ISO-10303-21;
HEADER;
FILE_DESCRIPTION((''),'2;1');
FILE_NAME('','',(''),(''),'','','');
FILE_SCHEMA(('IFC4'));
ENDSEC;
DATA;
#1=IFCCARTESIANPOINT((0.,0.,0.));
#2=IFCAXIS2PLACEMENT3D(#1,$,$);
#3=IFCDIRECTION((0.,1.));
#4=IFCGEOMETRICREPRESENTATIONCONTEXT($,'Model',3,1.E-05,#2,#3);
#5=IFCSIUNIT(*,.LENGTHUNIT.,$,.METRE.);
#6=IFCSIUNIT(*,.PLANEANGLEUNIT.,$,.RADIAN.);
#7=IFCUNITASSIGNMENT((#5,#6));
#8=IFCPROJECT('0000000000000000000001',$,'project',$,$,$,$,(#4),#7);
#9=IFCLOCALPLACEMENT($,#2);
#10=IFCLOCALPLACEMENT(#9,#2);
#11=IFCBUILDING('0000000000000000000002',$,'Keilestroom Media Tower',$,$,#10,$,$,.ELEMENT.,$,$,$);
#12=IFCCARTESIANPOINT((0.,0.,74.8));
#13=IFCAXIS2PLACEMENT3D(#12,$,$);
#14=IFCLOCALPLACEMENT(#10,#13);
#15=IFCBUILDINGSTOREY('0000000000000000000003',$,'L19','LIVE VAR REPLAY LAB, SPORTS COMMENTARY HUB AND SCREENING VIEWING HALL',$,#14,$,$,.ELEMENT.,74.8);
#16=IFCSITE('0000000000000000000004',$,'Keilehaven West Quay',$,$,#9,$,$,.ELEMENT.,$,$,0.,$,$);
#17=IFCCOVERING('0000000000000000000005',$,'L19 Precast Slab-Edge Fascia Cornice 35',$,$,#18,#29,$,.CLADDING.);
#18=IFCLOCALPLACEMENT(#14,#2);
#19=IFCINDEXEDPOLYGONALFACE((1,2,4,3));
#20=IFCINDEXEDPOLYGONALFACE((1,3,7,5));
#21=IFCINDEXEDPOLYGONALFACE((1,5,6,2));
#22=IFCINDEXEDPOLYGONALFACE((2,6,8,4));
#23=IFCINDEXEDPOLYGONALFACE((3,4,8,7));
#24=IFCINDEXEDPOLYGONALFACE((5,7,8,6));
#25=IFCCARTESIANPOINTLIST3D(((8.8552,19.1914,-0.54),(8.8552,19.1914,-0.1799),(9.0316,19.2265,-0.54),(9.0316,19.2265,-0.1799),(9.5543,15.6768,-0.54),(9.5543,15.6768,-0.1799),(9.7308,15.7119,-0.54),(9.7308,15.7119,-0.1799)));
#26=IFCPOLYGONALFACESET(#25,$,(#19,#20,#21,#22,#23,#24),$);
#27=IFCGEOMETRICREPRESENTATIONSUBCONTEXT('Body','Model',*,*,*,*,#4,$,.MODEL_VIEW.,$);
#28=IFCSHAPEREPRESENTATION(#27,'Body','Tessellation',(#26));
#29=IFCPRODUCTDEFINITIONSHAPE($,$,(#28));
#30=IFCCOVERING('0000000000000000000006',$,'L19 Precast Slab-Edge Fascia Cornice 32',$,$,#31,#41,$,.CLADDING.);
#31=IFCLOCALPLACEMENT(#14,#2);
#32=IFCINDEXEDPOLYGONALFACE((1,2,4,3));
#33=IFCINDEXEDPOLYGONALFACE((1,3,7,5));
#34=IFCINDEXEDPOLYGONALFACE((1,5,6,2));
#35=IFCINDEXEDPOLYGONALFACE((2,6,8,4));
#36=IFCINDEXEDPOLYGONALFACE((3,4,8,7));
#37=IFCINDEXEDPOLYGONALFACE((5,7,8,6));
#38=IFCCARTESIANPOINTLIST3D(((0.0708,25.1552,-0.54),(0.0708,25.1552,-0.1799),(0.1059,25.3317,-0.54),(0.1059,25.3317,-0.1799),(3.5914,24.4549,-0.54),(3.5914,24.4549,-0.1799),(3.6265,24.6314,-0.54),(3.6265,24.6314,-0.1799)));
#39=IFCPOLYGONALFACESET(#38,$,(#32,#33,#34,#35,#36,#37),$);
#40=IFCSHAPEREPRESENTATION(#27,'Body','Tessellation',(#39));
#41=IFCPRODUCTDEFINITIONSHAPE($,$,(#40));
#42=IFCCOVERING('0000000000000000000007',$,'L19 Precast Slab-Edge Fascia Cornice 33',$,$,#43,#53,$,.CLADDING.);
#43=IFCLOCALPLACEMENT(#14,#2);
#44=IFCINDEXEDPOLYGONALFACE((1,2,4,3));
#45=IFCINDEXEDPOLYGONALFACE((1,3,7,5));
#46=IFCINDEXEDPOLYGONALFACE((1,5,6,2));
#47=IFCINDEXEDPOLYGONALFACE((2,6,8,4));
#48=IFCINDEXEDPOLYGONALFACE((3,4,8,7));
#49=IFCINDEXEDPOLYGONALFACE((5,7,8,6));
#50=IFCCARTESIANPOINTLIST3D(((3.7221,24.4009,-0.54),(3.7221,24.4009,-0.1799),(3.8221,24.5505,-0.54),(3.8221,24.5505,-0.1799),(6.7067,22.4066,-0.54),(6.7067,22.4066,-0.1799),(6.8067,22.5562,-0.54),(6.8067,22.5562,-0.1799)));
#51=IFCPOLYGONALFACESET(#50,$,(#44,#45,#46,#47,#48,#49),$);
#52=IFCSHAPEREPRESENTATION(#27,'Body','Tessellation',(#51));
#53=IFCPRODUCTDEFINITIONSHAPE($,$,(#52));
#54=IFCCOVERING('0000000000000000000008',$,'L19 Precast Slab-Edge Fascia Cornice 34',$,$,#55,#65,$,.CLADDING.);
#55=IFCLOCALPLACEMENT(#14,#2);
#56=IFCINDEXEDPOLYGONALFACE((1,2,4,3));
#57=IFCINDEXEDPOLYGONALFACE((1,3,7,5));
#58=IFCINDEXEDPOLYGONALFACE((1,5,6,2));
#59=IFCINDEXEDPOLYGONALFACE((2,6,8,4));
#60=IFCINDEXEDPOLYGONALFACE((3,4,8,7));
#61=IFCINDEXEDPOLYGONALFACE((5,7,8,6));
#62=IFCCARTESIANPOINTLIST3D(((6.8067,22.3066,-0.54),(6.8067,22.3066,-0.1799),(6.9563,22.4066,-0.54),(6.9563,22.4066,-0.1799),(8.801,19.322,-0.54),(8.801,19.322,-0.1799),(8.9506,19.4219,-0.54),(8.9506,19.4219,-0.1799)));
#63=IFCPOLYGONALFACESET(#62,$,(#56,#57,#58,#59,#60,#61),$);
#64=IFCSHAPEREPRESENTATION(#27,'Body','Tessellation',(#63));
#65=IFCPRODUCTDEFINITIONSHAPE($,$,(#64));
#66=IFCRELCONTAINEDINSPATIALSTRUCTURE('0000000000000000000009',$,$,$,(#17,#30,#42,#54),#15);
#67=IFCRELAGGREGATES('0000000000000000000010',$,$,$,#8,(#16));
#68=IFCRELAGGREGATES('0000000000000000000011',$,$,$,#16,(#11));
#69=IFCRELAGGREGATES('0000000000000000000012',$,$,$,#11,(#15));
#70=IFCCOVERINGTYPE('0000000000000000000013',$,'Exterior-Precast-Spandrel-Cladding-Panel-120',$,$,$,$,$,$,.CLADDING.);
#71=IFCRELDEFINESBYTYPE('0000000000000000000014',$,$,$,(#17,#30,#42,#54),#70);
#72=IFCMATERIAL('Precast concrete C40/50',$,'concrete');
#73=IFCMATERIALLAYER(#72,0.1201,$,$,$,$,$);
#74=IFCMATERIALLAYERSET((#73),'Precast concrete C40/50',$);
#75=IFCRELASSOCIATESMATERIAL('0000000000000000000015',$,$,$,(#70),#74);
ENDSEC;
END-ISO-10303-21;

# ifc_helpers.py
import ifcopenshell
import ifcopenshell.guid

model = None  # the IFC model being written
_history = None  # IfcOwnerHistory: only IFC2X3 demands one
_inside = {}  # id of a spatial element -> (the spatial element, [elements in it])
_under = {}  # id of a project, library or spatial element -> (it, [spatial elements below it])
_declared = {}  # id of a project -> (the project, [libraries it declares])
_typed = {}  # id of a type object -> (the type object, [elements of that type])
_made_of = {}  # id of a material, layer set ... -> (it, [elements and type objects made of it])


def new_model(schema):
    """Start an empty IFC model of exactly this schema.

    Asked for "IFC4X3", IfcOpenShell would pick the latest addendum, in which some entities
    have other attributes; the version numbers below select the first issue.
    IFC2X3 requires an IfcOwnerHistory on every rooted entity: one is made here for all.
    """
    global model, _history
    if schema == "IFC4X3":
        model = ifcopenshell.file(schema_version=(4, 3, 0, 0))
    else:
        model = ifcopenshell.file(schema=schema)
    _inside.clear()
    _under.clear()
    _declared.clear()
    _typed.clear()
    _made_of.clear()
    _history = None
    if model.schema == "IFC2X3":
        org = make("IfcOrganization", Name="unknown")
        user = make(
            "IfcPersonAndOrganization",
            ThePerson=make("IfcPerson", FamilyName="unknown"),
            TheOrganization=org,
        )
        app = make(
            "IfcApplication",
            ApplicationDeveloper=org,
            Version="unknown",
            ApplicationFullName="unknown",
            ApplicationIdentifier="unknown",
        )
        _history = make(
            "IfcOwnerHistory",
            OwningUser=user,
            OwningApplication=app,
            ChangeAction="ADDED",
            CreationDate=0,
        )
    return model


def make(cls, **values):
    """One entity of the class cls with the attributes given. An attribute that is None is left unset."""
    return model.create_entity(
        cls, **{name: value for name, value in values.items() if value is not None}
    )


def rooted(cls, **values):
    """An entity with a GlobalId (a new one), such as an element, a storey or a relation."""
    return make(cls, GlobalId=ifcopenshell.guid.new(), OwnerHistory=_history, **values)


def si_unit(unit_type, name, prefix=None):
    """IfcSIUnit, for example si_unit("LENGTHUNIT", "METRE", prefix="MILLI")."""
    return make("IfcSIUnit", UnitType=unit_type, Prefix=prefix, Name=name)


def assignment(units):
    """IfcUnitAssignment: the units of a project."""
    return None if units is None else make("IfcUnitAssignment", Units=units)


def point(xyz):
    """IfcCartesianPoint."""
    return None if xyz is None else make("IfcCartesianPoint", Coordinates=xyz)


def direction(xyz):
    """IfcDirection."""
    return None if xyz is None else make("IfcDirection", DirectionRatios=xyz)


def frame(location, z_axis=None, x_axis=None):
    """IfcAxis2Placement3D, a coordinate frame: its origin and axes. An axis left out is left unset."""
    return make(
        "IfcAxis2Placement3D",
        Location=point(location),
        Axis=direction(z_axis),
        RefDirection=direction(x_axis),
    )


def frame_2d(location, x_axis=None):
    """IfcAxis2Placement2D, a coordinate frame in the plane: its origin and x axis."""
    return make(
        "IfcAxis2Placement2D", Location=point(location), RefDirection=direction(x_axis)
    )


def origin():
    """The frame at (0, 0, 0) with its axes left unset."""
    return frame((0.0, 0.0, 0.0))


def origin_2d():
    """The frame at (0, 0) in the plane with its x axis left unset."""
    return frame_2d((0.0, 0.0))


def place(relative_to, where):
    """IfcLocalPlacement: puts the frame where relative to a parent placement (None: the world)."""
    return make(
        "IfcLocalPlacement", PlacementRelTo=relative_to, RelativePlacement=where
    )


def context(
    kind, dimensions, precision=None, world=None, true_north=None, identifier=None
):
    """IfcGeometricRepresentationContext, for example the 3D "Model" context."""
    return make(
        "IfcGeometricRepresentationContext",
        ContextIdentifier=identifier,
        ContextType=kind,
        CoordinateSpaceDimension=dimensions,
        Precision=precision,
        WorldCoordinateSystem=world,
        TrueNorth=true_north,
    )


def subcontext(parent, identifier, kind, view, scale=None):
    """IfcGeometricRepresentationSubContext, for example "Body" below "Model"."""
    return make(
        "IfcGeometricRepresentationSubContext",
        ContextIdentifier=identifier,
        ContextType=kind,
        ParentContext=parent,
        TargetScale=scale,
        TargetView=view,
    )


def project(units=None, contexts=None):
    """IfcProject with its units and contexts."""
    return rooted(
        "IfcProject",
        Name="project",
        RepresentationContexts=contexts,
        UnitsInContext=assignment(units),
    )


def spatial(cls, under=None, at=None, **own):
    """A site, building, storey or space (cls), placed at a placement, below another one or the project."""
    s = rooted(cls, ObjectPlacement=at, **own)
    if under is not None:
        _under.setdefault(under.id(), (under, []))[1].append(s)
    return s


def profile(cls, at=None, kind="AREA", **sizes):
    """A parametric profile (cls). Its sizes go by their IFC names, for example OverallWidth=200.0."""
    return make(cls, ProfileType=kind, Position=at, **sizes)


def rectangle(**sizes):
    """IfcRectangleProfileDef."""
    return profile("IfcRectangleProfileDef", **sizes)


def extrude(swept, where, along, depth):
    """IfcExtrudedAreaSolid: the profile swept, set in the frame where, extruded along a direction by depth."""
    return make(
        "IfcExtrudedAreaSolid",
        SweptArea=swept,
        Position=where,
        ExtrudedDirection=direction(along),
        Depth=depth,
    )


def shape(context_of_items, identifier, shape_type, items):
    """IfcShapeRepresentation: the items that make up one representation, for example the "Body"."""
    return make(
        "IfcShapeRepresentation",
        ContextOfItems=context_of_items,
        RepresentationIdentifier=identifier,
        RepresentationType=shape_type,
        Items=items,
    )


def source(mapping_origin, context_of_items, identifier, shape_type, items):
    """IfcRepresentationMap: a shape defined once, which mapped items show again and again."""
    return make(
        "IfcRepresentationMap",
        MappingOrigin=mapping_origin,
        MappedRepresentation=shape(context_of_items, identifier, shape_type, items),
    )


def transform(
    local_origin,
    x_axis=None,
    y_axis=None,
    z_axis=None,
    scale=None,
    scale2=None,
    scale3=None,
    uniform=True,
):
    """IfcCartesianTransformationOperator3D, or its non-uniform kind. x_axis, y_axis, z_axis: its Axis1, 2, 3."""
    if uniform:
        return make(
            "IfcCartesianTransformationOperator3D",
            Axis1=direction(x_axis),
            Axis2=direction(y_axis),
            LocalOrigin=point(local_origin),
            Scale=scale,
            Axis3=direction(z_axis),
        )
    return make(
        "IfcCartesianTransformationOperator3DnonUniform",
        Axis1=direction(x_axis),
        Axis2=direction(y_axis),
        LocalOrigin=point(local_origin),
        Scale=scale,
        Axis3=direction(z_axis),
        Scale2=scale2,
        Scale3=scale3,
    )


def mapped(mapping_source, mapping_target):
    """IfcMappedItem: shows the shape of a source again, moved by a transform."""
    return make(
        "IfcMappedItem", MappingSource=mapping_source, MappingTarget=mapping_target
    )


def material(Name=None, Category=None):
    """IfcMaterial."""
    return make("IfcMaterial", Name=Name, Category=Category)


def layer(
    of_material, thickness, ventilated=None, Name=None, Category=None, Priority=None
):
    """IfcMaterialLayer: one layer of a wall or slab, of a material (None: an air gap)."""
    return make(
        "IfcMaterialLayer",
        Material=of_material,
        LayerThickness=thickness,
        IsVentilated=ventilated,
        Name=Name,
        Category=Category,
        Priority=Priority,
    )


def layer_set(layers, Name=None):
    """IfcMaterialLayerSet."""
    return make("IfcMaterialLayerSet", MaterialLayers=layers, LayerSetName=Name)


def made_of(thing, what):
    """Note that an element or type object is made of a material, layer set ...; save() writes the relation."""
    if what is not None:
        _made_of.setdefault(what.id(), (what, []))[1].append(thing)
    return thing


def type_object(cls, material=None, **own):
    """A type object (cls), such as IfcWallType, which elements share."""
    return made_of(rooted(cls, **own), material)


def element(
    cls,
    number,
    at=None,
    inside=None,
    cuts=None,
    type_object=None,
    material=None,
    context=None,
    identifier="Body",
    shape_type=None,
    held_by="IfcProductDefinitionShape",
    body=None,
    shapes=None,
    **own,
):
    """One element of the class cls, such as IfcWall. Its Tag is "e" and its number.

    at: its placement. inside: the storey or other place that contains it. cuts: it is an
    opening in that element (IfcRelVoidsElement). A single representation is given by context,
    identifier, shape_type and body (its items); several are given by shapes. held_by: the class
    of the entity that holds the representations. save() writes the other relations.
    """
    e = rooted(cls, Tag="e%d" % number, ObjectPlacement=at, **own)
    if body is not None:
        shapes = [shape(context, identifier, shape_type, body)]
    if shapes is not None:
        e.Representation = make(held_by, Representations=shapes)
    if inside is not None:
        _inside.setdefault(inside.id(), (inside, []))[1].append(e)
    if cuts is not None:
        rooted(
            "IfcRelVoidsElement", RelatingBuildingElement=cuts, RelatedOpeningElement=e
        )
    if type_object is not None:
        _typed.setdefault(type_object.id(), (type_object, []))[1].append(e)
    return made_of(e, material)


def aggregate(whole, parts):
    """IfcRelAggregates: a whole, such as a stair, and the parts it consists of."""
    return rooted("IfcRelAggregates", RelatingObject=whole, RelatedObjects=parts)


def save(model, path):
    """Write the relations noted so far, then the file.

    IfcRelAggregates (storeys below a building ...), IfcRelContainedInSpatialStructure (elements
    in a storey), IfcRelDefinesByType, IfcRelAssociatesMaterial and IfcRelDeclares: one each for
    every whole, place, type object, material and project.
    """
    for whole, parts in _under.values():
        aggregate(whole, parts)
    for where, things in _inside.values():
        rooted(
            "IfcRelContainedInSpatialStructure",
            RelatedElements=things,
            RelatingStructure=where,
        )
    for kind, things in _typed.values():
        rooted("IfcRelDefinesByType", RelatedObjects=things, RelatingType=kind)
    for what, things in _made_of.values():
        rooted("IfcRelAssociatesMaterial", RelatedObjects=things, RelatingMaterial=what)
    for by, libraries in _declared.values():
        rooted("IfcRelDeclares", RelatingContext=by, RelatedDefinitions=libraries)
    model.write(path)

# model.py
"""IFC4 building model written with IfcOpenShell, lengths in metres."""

from ifc_helpers import new_model, si_unit, direction, frame, origin, origin_2d, place, context, subcontext, project, spatial, rectangle, extrude, source, transform, mapped, material, layer, layer_set, type_object, element, save


model = new_model("IFC4")

# Units and contexts
model_context = context("Model", 3, precision=1e-05, world=origin(), true_north=direction((0.0, 1.0)))
body_context = subcontext(model_context, "Body", "Model", "MODEL_VIEW")
ifc_project = project(units=[si_unit("LENGTHUNIT", "METRE"), si_unit("PLANEANGLEUNIT", "RADIAN")], contexts=[model_context])

# Site, building, storey
site_placement = place(None, origin())
site = spatial("IfcSite", under=ifc_project, at=site_placement, Name="Keilehaven West Quay", CompositionType="ELEMENT", RefElevation=0.0)
building_placement = place(site_placement, origin())
building = spatial("IfcBuilding", under=site, at=building_placement, Name="Keilestroom Media Tower", CompositionType="ELEMENT")
storey_placement = place(building_placement, frame((0.0, 0.0, 74.8)))
storey = spatial("IfcBuildingStorey", under=building, at=storey_placement, Name="L19", Description="LIVE VAR REPLAY LAB, SPORTS COMMENTARY HUB AND SCREENING VIEWING HALL", CompositionType="ELEMENT", Elevation=74.8)

# Shared definitions
ifc_material_1 = material(Name="Precast concrete C40/50", Category="concrete")

# Coverings
ifc_layer_1 = layer(ifc_material_1, 0.1201)
ifc_layer_set_1 = layer_set([ifc_layer_1], Name="Precast concrete C40/50")
covering_type = type_object("IfcCoveringType", Name="Exterior-Precast-Spandrel-Cladding-Panel-120", PredefinedType="CLADDING", material=ifc_layer_set_1)
shared_shape_1 = source(origin(), body_context, "Body", "SweptSolid", [
    extrude(rectangle(XDim=3.5835, YDim=0.1799, at=origin_2d()), origin(), (0.0, 0.0, 1.0), 0.3601),
])
covering_1_placement = place(storey_placement, frame((9.293, 17.4517, -0.54), z_axis=(0.0, 0.0, 1.0), x_axis=(0.195099, -0.980784, 0.0)))
element("IfcCovering", 1, at=covering_1_placement, inside=storey, type_object=covering_type, Name="L19 Precast Slab-Edge Fascia Cornice 35", PredefinedType="CLADDING", context=body_context, shape_type="MappedRepresentation", body=[
    mapped(shared_shape_1, transform((0.0, 0.0, 0.0), x_axis=(1.0, 0.0, 0.0), y_axis=(0.0, 1.0, 0.0), z_axis=(0.0, 0.0, 1.0), scale=1.0)),
])
shared_shape_2 = source(origin(), body_context, "Body", "SweptSolid", [
    extrude(rectangle(XDim=3.5896, YDim=0.1799, at=origin_2d()), origin(), (0.0, 0.0, 1.0), 0.3601),
])
for number, where, z_axis, x_axis, name in (
    (2, (1.8486, 24.8933, -0.54), (0.0, 0.0, 1.0), (0.980784, -0.195099, 0.0), "L19 Precast Slab-Edge Fascia Cornice 32"),
    (3, (5.2644, 23.4785, -0.54), (0.0, 0.0, 1.0), (0.831467, -0.555575, 0.0), "L19 Precast Slab-Edge Fascia Cornice 33"),
    (4, (7.8787, 20.8643, -0.54), (0.0, 0.0, 1.0), (0.555575, -0.831467, 0.0), "L19 Precast Slab-Edge Fascia Cornice 34"),
):
    element("IfcCovering", number, at=place(storey_placement, frame(where, z_axis=z_axis, x_axis=x_axis)), inside=storey, type_object=covering_type, Name=name, PredefinedType="CLADDING", context=body_context, shape_type="MappedRepresentation", body=[
        mapped(shared_shape_2, transform((0.0, 0.0, 0.0), x_axis=(1.0, 0.0, 0.0), y_axis=(0.0, 1.0, 0.0), z_axis=(0.0, 0.0, 1.0), scale=1.0)),
    ])

save(model, "model.ifc")
